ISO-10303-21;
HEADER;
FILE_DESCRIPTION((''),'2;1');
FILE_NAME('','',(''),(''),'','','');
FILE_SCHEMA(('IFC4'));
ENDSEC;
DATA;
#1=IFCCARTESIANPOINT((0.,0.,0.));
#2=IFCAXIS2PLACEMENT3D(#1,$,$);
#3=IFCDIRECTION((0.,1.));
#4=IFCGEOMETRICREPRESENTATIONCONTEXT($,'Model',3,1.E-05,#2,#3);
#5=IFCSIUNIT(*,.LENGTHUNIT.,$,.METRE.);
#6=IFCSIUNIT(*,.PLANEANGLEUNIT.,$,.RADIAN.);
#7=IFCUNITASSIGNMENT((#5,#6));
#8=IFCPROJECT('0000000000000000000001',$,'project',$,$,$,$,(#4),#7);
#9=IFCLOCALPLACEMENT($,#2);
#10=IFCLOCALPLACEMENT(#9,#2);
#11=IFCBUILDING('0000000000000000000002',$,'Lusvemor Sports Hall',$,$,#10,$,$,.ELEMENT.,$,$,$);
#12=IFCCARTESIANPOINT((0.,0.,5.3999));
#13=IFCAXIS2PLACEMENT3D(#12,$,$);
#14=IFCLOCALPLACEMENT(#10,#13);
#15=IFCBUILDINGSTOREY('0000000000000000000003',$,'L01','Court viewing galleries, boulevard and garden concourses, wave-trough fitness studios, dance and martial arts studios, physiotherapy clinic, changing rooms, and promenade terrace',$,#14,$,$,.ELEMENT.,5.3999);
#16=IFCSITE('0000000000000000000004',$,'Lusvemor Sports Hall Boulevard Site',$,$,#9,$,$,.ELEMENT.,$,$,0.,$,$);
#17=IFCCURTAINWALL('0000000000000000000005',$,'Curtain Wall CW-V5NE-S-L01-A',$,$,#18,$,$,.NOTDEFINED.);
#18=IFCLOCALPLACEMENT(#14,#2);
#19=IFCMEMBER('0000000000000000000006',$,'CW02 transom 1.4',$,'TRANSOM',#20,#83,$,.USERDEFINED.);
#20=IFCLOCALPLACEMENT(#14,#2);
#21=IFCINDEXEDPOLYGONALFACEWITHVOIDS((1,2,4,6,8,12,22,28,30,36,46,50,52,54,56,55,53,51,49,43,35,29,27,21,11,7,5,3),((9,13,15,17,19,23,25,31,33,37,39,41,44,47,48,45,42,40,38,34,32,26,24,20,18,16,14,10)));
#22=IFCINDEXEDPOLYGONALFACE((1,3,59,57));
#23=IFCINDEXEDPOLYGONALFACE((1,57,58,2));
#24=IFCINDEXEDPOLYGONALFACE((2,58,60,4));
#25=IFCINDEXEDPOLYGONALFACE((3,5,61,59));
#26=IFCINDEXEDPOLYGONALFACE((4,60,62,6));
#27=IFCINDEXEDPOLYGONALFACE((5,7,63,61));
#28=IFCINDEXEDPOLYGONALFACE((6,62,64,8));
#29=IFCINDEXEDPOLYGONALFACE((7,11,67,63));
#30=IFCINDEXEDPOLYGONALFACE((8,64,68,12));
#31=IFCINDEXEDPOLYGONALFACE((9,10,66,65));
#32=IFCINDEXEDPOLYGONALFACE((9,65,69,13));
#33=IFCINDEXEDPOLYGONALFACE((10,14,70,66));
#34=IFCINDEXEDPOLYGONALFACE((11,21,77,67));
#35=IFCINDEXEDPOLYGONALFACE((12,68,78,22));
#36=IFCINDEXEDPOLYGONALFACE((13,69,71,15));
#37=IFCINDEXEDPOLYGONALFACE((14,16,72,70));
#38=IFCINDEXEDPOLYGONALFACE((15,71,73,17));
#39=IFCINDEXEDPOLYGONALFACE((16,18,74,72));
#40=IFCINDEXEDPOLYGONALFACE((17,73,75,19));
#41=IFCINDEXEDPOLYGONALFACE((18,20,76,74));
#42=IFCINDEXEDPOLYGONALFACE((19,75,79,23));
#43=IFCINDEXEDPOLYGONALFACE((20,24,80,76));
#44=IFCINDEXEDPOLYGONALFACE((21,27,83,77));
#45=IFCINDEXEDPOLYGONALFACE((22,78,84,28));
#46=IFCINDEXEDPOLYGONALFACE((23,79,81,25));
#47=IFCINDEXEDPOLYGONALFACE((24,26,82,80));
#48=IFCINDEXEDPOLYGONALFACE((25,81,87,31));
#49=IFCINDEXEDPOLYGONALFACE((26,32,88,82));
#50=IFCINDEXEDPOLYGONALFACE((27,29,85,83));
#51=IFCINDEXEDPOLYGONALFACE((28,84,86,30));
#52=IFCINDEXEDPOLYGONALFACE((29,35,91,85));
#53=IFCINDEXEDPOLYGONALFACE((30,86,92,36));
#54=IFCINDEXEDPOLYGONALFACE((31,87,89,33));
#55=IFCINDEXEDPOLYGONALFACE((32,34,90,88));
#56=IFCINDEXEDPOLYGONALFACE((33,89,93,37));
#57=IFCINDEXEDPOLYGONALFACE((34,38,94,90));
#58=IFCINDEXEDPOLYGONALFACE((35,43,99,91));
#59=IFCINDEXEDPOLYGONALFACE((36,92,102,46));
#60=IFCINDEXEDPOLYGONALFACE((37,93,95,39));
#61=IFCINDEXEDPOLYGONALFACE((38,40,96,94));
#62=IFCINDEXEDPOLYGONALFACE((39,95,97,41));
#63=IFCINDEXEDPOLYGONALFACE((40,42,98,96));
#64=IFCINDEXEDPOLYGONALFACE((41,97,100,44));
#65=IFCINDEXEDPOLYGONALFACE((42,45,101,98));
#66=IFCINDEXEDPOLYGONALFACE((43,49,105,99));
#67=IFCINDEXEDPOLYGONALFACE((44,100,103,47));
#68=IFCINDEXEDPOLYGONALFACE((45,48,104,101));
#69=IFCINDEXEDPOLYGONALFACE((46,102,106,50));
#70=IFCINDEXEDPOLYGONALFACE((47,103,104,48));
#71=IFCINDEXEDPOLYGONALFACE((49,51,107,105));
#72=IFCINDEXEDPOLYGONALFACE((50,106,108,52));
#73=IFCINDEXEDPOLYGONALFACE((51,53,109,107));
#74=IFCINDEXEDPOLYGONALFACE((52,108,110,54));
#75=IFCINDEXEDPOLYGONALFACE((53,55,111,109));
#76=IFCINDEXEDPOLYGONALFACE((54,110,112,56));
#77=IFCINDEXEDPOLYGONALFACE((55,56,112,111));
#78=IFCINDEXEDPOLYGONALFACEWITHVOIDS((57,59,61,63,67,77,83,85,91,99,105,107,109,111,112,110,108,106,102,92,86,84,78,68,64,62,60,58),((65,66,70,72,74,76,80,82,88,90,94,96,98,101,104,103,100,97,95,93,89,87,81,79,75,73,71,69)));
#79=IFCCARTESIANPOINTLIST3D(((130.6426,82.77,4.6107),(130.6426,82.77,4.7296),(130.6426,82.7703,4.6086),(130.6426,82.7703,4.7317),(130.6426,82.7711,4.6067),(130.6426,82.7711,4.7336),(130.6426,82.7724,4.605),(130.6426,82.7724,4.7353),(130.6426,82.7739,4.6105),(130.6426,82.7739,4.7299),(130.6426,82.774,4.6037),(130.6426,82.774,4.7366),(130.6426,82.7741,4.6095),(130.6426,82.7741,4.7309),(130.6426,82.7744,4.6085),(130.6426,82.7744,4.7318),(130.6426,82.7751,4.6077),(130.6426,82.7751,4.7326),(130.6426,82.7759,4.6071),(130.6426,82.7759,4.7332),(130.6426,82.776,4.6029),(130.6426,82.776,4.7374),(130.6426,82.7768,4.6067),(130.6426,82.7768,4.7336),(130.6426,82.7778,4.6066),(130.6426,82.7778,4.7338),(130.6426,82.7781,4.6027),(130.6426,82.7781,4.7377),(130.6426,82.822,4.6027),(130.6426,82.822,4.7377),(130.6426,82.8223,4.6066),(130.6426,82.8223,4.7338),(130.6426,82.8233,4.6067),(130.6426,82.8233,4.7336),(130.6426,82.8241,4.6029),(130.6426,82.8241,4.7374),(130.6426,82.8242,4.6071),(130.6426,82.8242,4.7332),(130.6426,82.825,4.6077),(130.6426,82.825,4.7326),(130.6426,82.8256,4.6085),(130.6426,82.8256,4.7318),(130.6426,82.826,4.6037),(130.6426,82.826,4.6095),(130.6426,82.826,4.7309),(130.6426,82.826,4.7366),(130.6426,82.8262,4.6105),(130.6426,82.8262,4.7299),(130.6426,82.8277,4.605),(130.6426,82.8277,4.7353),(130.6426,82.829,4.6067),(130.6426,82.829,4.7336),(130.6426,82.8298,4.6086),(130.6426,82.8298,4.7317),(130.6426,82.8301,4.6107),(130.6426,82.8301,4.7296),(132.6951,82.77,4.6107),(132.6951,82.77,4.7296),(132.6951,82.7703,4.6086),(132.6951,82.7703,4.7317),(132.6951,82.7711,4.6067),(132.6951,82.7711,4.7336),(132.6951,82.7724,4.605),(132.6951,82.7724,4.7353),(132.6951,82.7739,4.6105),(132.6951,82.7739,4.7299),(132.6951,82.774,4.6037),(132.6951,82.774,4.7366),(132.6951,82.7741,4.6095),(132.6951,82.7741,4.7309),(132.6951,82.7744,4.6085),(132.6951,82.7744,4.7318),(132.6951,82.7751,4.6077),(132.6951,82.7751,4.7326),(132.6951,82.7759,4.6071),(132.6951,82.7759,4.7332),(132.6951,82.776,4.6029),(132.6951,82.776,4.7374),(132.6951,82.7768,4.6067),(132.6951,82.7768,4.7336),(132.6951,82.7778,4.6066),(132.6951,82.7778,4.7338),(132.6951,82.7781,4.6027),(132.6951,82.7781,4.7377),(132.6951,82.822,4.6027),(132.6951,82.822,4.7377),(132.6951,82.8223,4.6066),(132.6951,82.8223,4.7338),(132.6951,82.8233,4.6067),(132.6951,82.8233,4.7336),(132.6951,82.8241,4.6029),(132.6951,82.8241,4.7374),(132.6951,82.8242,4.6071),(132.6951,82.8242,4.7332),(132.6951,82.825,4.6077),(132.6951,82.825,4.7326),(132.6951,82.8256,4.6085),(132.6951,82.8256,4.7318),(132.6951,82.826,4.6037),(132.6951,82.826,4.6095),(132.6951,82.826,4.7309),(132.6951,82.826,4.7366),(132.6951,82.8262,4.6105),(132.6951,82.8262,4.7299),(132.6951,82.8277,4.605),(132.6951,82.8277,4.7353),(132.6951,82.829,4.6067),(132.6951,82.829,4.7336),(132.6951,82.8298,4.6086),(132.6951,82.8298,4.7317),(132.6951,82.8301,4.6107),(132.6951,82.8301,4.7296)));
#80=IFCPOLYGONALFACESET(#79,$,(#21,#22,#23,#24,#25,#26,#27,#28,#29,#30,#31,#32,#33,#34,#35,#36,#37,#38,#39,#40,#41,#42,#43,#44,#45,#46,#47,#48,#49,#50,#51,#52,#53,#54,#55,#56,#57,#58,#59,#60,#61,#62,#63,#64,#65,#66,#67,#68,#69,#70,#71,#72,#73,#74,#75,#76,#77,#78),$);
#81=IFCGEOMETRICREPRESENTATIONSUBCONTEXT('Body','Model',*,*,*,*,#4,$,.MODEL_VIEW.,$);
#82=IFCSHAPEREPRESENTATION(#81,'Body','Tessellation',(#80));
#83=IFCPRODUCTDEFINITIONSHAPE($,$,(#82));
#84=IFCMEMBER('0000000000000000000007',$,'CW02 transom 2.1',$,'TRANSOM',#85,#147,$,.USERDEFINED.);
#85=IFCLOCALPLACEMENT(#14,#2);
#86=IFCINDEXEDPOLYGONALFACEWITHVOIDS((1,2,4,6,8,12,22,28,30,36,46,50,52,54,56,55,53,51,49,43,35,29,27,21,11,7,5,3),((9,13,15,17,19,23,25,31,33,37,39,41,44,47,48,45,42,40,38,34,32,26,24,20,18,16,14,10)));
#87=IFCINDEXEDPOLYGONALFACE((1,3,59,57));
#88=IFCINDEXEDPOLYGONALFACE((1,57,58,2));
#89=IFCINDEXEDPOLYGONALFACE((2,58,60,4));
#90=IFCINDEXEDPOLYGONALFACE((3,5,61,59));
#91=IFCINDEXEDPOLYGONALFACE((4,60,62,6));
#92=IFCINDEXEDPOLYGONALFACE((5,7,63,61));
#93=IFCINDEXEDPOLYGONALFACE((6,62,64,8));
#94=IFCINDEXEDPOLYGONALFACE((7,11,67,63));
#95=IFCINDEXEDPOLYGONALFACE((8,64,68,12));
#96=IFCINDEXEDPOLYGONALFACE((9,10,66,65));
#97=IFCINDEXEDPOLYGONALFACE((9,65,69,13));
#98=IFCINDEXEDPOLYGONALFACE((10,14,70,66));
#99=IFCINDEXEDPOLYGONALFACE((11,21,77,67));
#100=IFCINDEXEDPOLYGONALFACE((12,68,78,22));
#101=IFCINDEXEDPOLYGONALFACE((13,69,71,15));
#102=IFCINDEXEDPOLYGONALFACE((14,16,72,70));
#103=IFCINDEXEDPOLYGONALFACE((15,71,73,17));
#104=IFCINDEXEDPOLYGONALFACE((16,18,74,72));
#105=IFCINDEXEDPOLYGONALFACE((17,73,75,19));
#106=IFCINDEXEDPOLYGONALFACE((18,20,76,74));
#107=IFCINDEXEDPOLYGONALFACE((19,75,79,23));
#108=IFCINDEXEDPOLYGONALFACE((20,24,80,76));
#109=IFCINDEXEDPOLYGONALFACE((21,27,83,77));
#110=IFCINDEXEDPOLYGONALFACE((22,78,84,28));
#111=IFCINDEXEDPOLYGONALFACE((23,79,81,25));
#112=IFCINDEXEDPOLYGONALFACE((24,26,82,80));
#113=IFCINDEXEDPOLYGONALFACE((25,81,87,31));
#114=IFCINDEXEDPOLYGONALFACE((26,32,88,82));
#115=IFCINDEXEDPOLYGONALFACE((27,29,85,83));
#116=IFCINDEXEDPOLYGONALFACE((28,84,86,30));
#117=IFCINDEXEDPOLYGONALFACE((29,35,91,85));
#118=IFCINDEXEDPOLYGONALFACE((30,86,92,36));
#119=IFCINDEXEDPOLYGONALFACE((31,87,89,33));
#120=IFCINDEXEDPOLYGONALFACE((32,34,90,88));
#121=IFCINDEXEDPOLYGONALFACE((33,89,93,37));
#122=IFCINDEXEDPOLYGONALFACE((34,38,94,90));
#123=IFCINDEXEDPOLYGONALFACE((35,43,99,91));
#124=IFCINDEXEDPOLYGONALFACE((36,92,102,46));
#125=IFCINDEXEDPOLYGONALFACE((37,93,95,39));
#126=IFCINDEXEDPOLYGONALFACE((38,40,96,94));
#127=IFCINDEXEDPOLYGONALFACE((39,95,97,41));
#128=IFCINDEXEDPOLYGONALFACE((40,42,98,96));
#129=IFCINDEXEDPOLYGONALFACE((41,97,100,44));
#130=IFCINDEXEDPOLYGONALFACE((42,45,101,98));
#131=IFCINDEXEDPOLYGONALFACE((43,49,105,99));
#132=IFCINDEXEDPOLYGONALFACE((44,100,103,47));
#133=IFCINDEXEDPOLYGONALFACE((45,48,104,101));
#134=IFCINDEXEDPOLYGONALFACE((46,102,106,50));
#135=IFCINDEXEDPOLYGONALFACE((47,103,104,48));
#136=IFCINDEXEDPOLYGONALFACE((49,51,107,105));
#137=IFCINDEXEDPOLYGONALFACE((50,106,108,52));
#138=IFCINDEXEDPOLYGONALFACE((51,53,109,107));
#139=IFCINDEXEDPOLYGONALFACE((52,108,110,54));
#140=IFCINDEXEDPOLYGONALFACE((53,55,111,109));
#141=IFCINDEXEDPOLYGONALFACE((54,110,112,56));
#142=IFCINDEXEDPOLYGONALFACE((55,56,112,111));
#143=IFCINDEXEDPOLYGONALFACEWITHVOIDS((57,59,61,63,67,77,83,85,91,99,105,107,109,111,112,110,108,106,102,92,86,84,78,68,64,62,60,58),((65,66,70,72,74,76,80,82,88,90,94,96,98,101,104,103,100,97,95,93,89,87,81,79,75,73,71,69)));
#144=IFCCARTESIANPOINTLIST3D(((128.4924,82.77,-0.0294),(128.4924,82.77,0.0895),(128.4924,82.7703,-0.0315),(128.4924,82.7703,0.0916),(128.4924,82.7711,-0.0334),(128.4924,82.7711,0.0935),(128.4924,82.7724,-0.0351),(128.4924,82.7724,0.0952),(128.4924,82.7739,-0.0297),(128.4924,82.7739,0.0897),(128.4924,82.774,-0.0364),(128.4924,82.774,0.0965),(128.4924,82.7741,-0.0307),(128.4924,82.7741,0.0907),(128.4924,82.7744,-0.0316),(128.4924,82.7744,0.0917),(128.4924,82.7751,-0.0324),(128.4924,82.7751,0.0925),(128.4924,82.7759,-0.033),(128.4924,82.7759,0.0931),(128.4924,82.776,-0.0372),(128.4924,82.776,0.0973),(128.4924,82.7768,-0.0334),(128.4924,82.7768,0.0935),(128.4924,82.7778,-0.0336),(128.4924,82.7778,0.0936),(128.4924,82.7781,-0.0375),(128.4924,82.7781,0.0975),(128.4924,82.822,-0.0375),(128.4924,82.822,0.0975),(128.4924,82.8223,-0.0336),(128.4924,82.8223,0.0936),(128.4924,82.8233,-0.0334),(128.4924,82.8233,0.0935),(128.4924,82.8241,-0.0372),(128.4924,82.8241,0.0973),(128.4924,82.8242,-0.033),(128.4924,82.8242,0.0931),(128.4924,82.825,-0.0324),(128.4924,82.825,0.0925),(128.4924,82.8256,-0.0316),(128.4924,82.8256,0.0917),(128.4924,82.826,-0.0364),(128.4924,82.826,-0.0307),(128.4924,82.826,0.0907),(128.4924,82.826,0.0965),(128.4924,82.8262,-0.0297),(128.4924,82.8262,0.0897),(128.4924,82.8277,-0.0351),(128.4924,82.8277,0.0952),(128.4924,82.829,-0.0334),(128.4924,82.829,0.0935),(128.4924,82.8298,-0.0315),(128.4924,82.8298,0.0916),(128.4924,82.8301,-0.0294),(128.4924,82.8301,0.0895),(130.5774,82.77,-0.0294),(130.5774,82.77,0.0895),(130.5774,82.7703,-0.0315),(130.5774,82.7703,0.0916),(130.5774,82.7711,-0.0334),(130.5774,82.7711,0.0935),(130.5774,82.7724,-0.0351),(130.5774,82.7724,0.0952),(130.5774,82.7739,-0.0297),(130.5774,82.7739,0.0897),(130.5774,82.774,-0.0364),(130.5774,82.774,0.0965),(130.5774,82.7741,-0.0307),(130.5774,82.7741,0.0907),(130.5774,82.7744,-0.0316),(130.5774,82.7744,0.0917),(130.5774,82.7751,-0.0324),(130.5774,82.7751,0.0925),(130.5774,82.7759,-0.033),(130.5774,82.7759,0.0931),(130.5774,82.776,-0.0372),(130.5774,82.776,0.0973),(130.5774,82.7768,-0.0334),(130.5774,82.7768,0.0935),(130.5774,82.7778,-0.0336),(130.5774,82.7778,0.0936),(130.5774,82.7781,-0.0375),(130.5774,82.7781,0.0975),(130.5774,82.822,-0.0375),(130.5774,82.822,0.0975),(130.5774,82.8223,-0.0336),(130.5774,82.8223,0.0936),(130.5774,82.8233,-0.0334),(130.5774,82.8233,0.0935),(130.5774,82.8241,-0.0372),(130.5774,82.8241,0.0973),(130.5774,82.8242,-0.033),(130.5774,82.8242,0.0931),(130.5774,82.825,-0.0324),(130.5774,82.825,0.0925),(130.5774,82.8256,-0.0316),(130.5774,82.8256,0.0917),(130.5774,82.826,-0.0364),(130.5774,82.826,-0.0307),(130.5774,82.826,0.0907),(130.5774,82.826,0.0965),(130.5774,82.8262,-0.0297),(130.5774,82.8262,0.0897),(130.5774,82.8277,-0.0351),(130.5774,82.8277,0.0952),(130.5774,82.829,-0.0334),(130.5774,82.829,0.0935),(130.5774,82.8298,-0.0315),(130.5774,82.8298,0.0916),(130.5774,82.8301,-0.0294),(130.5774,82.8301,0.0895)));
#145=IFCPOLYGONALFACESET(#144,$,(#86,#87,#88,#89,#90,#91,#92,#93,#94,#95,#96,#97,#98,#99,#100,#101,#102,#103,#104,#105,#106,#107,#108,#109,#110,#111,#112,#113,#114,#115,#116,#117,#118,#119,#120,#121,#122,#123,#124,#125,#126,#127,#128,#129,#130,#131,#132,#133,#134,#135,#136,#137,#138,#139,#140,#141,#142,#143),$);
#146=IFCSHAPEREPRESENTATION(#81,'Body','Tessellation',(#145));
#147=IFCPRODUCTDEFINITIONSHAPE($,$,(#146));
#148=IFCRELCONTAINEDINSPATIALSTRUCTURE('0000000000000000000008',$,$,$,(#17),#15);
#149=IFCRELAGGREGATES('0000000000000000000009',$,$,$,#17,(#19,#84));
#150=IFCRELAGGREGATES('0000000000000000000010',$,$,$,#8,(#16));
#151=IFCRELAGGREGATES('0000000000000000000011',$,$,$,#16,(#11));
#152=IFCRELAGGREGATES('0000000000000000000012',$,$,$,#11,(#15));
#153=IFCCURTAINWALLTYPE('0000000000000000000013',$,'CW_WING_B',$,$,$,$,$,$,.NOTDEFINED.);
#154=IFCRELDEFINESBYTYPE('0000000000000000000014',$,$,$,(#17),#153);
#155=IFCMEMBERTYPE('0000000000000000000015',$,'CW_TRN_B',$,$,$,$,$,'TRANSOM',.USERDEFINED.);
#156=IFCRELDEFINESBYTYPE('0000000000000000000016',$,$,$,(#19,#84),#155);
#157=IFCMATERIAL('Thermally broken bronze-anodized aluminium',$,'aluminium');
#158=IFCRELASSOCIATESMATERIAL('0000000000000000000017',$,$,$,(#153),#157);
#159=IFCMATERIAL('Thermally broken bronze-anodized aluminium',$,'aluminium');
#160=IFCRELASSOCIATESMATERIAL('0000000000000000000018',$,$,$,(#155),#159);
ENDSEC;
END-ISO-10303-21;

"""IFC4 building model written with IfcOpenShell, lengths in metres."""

from ifc_helpers import new_model, si_unit, direction, frame, origin, origin_2d, place, context, subcontext, project, spatial, hollow_rectangle, extrude, material, material_profile, profile_set, type_object, element, aggregate, save


model = new_model("IFC4")

# Units and contexts
model_context = context("Model", 3, precision=1e-05, world=origin(), true_north=direction((0.0, 1.0)))
body_context = subcontext(model_context, "Body", "Model", "MODEL_VIEW")
ifc_project = project(units=[si_unit("LENGTHUNIT", "METRE"), si_unit("PLANEANGLEUNIT", "RADIAN")], contexts=[model_context])

# Site, building, storey
site_placement = place(None, origin())
site = spatial("IfcSite", under=ifc_project, at=site_placement, Name="Lusvemor Sports Hall Boulevard Site", CompositionType="ELEMENT", RefElevation=0.0)
building_placement = place(site_placement, origin())
building = spatial("IfcBuilding", under=site, at=building_placement, Name="Lusvemor Sports Hall", CompositionType="ELEMENT")
storey_placement = place(building_placement, frame((0.0, 0.0, 5.3999)))
storey = spatial("IfcBuildingStorey", under=building, at=storey_placement, Name="L01", Description="Court viewing galleries, boulevard and garden concourses, wave-trough fitness studios, dance and martial arts studios, physiotherapy clinic, changing rooms, and promenade terrace", CompositionType="ELEMENT", Elevation=5.3999)

# Shared definitions
ifc_material_1 = material(Name="Thermally broken bronze-anodized aluminium", Category="aluminium")
curtain_wall_type = type_object("IfcCurtainWallType", Name="CW_WING_B", PredefinedType="NOTDEFINED", material=ifc_material_1)

# Curtain wall
curtain_wall_1_placement = place(storey_placement, origin())
curtain_wall_1 = element("IfcCurtainWall", 1, at=curtain_wall_1_placement, inside=storey, type_object=curtain_wall_type, Name="Curtain Wall CW-V5NE-S-L01-A", PredefinedType="NOTDEFINED")

# Members
ifc_material_2 = material(Name="Thermally broken bronze-anodized aluminium", Category="aluminium")
ifc_material_profile_1 = material_profile(ifc_material_2, hollow_rectangle(XDim=0.0601, YDim=0.135, WallThickness=0.0039, InnerFilletRadius=0.0039, OuterFilletRadius=0.0081, at=origin_2d()), Name="CWTRN135x60x4")
ifc_profile_set_1 = profile_set([ifc_material_profile_1], Name="Thermally broken bronze-anodized aluminium")
member_type_1 = type_object("IfcMemberType", Name="CW_TRN_B", ElementType="TRANSOM", PredefinedType="USERDEFINED", material=ifc_profile_set_1)
member_1_placement = place(storey_placement, frame((132.6951, 82.8, 4.6702), z_axis=(-1.0, 0.0, 0.0), x_axis=(0.0, -1.0, 0.0)))
member_1 = element("IfcMember", 2, at=member_1_placement, type_object=member_type_1, Name="CW02 transom 1.4", ObjectType="TRANSOM", PredefinedType="USERDEFINED", context=body_context, shape_type="SweptSolid", body=[
    extrude(hollow_rectangle(XDim=0.0601, YDim=0.135, WallThickness=0.0039, InnerFilletRadius=0.0039, OuterFilletRadius=0.0081, at=origin_2d()), origin(), (0.0, 0.0, 1.0), 2.0525),
])
member_2_placement = place(storey_placement, frame((130.5774, 82.8, 0.03), z_axis=(-1.0, 0.0, 0.0), x_axis=(0.0, -1.0, 0.0)))
member_2 = element("IfcMember", 3, at=member_2_placement, type_object=member_type_1, Name="CW02 transom 2.1", ObjectType="TRANSOM", PredefinedType="USERDEFINED", context=body_context, shape_type="SweptSolid", body=[
    extrude(hollow_rectangle(XDim=0.0601, YDim=0.135, WallThickness=0.0039, InnerFilletRadius=0.0039, OuterFilletRadius=0.0081, at=origin_2d()), origin(), (0.0, 0.0, 1.0), 2.085),
])

aggregate(curtain_wall_1, [member_1, member_2])

save(model, "model.ifc")
